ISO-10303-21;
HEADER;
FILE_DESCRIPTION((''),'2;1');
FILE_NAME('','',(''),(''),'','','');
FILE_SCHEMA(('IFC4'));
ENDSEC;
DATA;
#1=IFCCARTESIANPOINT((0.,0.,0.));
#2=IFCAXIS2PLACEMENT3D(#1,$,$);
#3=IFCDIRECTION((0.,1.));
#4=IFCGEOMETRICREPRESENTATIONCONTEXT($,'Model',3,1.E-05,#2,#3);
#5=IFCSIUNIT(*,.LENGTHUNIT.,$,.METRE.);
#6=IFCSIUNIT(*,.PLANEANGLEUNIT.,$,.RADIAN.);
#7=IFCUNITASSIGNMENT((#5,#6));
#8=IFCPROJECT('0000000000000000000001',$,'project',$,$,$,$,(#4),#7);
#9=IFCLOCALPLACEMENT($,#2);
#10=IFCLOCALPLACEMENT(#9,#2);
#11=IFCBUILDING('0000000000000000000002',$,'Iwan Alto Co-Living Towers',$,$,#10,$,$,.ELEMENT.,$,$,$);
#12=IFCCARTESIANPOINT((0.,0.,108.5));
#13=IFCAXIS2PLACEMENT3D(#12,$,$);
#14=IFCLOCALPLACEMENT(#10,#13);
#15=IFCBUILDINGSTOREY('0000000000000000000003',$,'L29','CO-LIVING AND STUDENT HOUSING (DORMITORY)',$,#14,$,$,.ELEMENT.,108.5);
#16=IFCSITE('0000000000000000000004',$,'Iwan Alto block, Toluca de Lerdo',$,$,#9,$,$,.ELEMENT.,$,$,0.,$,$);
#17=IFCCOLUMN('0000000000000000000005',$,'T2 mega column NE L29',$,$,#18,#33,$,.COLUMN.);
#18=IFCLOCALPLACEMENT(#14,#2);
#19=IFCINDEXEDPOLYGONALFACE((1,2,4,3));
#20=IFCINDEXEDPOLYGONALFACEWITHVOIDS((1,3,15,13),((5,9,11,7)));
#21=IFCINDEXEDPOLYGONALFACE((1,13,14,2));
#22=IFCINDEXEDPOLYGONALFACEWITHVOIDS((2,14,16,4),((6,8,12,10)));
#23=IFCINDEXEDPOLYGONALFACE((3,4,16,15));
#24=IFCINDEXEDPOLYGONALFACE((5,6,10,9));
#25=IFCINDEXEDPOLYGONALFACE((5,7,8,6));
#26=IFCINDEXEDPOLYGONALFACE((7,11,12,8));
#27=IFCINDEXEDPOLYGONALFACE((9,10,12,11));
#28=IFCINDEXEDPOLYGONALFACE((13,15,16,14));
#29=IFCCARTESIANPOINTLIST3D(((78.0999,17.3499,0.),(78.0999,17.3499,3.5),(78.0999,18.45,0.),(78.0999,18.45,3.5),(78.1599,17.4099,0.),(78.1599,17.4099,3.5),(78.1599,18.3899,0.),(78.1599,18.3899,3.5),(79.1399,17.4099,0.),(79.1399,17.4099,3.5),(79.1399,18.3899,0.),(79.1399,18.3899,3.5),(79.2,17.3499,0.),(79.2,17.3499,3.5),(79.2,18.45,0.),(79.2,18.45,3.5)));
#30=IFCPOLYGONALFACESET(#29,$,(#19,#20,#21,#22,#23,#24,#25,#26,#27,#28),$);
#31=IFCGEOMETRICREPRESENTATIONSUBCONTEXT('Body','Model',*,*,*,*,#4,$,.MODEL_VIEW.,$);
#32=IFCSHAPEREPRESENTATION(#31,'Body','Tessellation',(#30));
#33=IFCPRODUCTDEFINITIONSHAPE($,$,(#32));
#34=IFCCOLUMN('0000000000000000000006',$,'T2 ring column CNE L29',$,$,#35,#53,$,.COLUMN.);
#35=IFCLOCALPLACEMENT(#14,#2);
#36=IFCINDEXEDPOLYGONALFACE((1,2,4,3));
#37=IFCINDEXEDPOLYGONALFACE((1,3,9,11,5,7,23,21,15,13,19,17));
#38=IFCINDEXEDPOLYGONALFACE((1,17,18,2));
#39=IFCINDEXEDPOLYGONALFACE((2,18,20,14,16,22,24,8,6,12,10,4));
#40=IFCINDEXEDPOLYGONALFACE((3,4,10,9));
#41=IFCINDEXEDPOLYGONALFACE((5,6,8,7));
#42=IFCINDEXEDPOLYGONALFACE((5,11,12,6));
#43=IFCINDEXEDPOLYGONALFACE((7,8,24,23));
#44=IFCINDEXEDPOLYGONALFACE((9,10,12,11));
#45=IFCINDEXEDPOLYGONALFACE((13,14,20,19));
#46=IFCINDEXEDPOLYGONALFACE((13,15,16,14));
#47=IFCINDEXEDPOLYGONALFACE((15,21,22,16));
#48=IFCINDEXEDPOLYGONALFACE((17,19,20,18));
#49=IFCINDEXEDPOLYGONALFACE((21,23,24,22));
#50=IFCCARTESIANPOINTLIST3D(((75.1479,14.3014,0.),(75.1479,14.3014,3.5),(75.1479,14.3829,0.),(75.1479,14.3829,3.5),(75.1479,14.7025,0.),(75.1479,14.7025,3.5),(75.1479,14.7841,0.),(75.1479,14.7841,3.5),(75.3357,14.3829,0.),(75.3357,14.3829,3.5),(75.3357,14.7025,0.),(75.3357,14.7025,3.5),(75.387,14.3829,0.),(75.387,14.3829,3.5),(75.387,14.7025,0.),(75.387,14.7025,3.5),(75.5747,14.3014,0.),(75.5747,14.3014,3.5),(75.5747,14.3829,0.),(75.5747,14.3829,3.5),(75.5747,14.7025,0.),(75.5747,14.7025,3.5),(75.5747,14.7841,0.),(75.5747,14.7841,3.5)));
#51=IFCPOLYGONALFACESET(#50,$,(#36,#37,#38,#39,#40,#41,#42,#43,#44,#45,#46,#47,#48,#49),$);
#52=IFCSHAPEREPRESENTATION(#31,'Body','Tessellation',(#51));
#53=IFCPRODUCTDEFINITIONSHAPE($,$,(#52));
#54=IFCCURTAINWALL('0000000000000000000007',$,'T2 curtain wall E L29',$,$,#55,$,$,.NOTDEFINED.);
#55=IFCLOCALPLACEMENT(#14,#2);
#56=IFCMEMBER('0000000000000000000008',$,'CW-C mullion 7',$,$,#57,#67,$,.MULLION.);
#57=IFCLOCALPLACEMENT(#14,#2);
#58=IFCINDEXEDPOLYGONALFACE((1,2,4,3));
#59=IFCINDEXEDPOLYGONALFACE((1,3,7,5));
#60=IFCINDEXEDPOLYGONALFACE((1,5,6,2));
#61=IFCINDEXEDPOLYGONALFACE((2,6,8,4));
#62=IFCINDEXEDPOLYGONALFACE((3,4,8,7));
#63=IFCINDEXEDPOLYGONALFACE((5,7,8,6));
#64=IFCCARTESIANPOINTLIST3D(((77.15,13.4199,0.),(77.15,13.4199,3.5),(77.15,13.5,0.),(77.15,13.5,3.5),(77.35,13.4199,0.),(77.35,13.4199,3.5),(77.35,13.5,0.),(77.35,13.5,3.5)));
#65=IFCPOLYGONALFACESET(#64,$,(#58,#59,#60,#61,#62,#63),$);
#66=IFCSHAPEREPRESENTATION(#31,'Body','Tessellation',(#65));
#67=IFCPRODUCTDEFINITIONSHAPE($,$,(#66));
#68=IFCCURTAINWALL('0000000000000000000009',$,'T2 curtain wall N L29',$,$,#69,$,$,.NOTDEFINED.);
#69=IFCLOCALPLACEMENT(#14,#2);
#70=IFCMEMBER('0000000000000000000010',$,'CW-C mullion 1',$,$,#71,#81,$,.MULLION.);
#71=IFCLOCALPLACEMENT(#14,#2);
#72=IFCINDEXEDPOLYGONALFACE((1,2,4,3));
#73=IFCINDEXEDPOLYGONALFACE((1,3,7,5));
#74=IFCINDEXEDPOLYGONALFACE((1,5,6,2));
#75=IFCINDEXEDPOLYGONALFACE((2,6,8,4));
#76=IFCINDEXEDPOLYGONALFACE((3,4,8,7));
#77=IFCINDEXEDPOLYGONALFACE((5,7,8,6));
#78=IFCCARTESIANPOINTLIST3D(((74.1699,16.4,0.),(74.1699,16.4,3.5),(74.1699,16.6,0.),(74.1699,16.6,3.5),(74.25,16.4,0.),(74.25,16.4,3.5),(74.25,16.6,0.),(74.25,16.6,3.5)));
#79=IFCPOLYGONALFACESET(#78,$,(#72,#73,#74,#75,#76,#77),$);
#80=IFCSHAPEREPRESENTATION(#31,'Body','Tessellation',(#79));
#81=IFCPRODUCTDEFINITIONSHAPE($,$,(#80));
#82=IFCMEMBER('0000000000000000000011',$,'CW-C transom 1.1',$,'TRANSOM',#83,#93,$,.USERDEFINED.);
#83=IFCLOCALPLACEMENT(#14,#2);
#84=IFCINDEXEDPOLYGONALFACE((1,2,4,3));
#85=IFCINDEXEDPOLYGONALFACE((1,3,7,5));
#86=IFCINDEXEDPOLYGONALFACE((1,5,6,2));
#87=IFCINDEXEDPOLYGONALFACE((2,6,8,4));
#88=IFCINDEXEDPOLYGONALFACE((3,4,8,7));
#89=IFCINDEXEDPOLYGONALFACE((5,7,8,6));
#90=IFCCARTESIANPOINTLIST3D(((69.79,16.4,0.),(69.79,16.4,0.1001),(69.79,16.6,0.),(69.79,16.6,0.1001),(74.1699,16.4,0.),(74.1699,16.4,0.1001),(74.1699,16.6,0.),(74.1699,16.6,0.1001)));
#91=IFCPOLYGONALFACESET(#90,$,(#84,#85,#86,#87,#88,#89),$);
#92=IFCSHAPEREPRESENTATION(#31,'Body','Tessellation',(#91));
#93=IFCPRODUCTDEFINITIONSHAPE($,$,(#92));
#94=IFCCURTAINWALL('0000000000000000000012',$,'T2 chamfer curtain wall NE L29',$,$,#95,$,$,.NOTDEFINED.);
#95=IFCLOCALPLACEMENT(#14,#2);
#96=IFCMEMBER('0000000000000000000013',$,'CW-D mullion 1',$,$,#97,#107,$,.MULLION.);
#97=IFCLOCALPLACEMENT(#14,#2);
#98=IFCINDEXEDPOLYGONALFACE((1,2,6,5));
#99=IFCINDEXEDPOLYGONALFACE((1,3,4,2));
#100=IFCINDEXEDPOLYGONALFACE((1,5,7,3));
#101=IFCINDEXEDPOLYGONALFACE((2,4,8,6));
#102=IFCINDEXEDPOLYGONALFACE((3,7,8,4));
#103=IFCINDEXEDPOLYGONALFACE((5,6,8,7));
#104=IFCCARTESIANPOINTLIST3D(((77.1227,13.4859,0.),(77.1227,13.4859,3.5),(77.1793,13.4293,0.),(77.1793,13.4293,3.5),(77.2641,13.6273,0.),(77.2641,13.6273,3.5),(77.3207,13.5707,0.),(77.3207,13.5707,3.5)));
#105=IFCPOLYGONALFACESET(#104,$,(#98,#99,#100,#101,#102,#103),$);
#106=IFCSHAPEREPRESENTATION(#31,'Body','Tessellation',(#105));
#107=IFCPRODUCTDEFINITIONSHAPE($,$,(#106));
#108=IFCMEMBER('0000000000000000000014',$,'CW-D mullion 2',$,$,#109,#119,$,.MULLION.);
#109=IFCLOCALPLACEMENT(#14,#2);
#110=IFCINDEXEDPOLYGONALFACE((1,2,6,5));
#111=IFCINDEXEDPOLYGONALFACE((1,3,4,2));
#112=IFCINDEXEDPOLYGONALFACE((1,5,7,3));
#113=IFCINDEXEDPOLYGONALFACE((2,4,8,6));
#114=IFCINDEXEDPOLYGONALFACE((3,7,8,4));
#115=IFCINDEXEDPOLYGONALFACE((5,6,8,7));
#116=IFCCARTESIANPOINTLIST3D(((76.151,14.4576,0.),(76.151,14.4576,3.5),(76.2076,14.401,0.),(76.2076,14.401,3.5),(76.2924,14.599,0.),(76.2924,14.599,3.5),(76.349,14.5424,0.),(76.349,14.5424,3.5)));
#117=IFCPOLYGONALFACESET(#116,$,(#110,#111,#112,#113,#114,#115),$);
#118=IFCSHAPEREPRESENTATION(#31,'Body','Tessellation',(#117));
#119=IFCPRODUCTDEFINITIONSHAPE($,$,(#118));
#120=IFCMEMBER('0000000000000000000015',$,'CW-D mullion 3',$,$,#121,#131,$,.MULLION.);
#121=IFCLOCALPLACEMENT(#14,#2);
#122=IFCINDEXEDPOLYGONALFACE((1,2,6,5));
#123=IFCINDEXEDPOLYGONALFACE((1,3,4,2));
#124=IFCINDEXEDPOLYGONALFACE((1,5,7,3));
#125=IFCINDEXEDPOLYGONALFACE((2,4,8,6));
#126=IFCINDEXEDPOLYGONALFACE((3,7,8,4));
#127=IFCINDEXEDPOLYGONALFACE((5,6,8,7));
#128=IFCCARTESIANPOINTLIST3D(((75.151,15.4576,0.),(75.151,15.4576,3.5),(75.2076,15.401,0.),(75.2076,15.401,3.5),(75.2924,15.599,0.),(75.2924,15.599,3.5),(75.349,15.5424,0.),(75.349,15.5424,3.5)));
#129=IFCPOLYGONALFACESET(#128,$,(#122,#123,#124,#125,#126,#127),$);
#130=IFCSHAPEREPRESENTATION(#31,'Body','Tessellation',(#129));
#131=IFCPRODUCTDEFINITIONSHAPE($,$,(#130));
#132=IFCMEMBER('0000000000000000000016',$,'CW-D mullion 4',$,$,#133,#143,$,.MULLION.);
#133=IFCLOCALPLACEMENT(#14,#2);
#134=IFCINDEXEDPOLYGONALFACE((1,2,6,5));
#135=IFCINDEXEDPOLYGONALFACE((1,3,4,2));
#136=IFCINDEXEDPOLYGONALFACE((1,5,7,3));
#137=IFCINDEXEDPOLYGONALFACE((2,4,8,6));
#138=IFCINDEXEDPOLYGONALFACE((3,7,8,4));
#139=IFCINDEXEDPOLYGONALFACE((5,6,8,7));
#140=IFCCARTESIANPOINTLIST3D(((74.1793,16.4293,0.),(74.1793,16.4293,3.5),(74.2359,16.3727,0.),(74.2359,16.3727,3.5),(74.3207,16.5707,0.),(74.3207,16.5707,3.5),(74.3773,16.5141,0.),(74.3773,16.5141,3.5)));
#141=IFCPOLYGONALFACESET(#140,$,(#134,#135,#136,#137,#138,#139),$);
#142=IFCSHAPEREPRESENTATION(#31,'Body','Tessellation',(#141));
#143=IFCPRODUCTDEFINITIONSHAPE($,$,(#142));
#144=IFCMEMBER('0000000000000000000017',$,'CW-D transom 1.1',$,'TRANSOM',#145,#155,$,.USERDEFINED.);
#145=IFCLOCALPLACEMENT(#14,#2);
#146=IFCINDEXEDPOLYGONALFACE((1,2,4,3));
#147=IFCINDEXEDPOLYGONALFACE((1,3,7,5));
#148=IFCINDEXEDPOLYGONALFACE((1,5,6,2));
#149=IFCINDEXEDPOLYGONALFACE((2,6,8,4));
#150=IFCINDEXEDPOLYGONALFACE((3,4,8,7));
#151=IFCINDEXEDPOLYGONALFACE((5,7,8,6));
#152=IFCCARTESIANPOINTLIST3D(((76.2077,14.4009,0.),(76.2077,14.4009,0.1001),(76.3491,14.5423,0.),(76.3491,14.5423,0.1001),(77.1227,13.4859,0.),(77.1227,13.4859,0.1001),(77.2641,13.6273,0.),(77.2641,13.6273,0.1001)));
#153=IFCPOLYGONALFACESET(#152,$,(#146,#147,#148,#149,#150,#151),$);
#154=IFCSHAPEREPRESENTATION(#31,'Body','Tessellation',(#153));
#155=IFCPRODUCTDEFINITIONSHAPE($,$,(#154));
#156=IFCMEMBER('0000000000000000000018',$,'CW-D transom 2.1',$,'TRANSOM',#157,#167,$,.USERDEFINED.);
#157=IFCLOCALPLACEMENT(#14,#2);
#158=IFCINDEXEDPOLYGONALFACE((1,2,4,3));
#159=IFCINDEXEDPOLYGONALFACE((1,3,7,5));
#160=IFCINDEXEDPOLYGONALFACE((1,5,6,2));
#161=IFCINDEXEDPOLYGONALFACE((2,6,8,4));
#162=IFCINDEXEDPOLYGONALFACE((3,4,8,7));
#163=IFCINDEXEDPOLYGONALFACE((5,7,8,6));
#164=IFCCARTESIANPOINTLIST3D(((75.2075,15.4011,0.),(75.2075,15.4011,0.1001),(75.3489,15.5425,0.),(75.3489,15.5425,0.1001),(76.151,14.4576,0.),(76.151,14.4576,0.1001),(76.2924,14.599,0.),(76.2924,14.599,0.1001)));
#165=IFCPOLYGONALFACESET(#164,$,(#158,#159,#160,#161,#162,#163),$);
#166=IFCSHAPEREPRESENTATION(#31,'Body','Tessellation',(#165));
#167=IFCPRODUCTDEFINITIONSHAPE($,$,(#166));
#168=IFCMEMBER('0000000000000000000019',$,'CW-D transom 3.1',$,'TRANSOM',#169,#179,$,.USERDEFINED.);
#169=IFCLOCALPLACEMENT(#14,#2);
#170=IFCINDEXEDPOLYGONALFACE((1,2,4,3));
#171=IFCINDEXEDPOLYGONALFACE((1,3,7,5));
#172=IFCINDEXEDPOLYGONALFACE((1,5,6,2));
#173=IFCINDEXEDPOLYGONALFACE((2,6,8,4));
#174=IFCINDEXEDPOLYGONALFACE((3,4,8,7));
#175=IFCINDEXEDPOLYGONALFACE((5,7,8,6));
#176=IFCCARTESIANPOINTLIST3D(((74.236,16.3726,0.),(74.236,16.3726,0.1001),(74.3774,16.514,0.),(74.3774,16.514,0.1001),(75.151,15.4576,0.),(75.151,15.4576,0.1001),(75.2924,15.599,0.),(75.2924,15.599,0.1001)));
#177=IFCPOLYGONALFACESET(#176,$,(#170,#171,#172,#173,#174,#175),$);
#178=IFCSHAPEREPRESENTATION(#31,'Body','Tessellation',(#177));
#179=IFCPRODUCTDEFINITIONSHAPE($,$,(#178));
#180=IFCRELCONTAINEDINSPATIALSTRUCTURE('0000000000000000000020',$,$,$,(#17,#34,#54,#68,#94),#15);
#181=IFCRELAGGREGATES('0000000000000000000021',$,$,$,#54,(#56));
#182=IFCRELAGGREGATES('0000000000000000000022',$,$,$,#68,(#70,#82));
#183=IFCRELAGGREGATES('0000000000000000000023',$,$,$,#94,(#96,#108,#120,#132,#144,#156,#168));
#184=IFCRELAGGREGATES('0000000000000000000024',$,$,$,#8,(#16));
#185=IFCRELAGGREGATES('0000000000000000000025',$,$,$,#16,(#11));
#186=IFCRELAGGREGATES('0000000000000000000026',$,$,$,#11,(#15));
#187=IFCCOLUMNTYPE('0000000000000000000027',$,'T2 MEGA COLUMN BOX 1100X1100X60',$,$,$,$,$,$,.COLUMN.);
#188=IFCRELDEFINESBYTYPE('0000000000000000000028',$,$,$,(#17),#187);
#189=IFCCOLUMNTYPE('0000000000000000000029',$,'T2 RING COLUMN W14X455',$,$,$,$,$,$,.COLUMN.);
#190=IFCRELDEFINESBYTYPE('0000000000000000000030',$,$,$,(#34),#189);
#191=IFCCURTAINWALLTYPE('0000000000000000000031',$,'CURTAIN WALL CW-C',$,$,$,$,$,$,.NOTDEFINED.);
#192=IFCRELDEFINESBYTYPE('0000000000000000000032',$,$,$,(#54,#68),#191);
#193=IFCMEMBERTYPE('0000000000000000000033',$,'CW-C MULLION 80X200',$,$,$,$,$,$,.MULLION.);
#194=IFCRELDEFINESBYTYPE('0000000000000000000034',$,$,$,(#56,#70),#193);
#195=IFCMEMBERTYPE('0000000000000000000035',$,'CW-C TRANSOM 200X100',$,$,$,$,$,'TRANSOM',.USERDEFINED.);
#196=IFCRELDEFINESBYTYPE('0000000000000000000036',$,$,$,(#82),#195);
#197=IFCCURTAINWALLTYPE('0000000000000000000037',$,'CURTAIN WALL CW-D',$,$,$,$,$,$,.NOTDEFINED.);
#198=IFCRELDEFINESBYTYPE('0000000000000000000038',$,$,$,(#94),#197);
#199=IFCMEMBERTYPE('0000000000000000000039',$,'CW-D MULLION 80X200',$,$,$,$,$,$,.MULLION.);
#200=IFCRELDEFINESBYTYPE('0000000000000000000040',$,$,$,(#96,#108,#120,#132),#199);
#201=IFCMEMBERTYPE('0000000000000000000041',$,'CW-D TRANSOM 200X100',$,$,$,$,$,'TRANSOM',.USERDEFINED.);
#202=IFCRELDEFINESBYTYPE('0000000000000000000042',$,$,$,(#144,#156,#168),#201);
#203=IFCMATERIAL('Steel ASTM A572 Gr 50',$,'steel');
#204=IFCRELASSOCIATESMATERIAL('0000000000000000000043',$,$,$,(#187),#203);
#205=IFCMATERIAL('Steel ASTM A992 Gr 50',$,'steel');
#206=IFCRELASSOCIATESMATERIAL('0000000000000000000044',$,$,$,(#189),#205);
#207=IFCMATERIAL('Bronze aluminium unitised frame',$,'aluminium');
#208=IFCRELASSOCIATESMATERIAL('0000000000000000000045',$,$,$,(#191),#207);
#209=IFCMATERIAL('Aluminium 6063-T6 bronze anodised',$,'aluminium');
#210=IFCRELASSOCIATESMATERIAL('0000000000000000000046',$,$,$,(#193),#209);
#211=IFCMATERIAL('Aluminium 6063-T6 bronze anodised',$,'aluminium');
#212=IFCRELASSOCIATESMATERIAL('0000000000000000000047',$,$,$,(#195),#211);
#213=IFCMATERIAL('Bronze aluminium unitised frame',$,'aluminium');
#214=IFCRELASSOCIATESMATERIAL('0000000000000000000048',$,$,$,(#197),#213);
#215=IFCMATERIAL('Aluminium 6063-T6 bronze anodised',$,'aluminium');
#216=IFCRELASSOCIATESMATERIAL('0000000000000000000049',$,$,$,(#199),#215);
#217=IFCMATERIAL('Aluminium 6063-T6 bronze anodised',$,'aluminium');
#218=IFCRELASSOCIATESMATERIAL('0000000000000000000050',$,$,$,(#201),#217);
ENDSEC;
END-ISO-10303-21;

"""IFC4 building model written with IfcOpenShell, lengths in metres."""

from ifc_helpers import new_model, si_unit, direction, frame, origin, origin_2d, place, context, subcontext, project, spatial, rectangle, hollow_rectangle, i_section, extrude, material, material_profile, profile_set, type_object, element, aggregate, save


model = new_model("IFC4")

# Units and contexts
model_context = context("Model", 3, precision=1e-05, world=origin(), true_north=direction((0.0, 1.0)))
body_context = subcontext(model_context, "Body", "Model", "MODEL_VIEW")
ifc_project = project(units=[si_unit("LENGTHUNIT", "METRE"), si_unit("PLANEANGLEUNIT", "RADIAN")], contexts=[model_context])

# Site, building, storey
site_placement = place(None, origin())
site = spatial("IfcSite", under=ifc_project, at=site_placement, Name="Iwan Alto block, Toluca de Lerdo", CompositionType="ELEMENT", RefElevation=0.0)
building_placement = place(site_placement, origin())
building = spatial("IfcBuilding", under=site, at=building_placement, Name="Iwan Alto Co-Living Towers", CompositionType="ELEMENT")
storey_placement = place(building_placement, frame((0.0, 0.0, 108.5)))
storey = spatial("IfcBuildingStorey", under=building, at=storey_placement, Name="L29", Description="CO-LIVING AND STUDENT HOUSING (DORMITORY)", CompositionType="ELEMENT", Elevation=108.5)

# Columns
ifc_material_1 = material(Name="Steel ASTM A572 Gr 50", Category="steel")
ifc_material_profile_1 = material_profile(ifc_material_1, hollow_rectangle(XDim=1.1001, YDim=1.1001, WallThickness=0.0601, at=origin_2d()), Name="BOX 1100X1100X60")
ifc_profile_set_1 = profile_set([ifc_material_profile_1], Name="Steel ASTM A572 Gr 50")
column_type_1 = type_object("IfcColumnType", Name="T2 MEGA COLUMN BOX 1100X1100X60", PredefinedType="COLUMN", material=ifc_profile_set_1)
column_1_placement = place(storey_placement, frame((78.6499, 17.8999, 0.0), z_axis=(0.0, 0.0, 1.0), x_axis=(1.0, 0.0, 0.0)))
element("IfcColumn", 1, at=column_1_placement, inside=storey, type_object=column_type_1, Name="T2 mega column NE L29", PredefinedType="COLUMN", context=body_context, shape_type="SweptSolid", body=[
    extrude(hollow_rectangle(XDim=1.1001, YDim=1.1001, WallThickness=0.0601, at=origin_2d()), origin(), (0.0, 0.0, 1.0), 3.5),
])
ifc_material_2 = material(Name="Steel ASTM A992 Gr 50", Category="steel")
ifc_material_profile_2 = material_profile(ifc_material_2, i_section(OverallWidth=0.4268, OverallDepth=0.4827, WebThickness=0.0513, FlangeThickness=0.0815, at=origin_2d()), Name="W14X455")
ifc_profile_set_2 = profile_set([ifc_material_profile_2], Name="Steel ASTM A992 Gr 50")
column_type_2 = type_object("IfcColumnType", Name="T2 RING COLUMN W14X455", PredefinedType="COLUMN", material=ifc_profile_set_2)
column_2_placement = place(storey_placement, frame((75.3613, 14.5427, 0.0), z_axis=(0.0, 0.0, 1.0), x_axis=(1.0, 0.0, 0.0)))
element("IfcColumn", 2, at=column_2_placement, inside=storey, type_object=column_type_2, Name="T2 ring column CNE L29", PredefinedType="COLUMN", context=body_context, shape_type="SweptSolid", body=[
    extrude(i_section(OverallWidth=0.4268, OverallDepth=0.4827, WebThickness=0.0513, FlangeThickness=0.0815, at=origin_2d()), origin(), (0.0, 0.0, 1.0), 3.5),
])

# Curtain wall, member
ifc_material_3 = material(Name="Bronze aluminium unitised frame", Category="aluminium")
curtain_wall_type_1 = type_object("IfcCurtainWallType", Name="CURTAIN WALL CW-C", PredefinedType="NOTDEFINED", material=ifc_material_3)
curtain_wall_1_placement = place(storey_placement, origin())
curtain_wall_1 = element("IfcCurtainWall", 3, at=curtain_wall_1_placement, inside=storey, type_object=curtain_wall_type_1, Name="T2 curtain wall E L29", PredefinedType="NOTDEFINED")
ifc_material_4 = material(Name="Aluminium 6063-T6 bronze anodised", Category="aluminium")
ifc_material_profile_3 = material_profile(ifc_material_4, rectangle(XDim=0.2, YDim=0.0801, at=origin_2d()), Name="AL 80X200")
ifc_profile_set_3 = profile_set([ifc_material_profile_3], Name="Aluminium 6063-T6 bronze anodised")
member_type_1 = type_object("IfcMemberType", Name="CW-C MULLION 80X200", PredefinedType="MULLION", material=ifc_profile_set_3)
member_1_placement = place(storey_placement, frame((77.25, 13.46, 0.0), z_axis=(0.0, 0.0, 1.0), x_axis=(-1.0, 0.0, 0.0)))
member_1 = element("IfcMember", 4, at=member_1_placement, type_object=member_type_1, Name="CW-C mullion 7", PredefinedType="MULLION", context=body_context, shape_type="SweptSolid", body=[
    extrude(rectangle(XDim=0.2, YDim=0.0801, at=origin_2d()), origin(), (0.0, 0.0, 1.0), 3.5),
])
aggregate(curtain_wall_1, [member_1])

# Curtain walls, members
curtain_wall_2_placement = place(storey_placement, origin())
curtain_wall_2 = element("IfcCurtainWall", 5, at=curtain_wall_2_placement, inside=storey, type_object=curtain_wall_type_1, Name="T2 curtain wall N L29", PredefinedType="NOTDEFINED")
member_2_placement = place(storey_placement, frame((74.21, 16.5, 0.0), z_axis=(0.0, 0.0, 1.0), x_axis=(0.0, -1.0, 0.0)))
member_2 = element("IfcMember", 6, at=member_2_placement, type_object=member_type_1, Name="CW-C mullion 1", PredefinedType="MULLION", context=body_context, shape_type="SweptSolid", body=[
    extrude(rectangle(XDim=0.2, YDim=0.0801, at=origin_2d()), origin(), (0.0, 0.0, 1.0), 3.5),
])
ifc_material_5 = material(Name="Aluminium 6063-T6 bronze anodised", Category="aluminium")
ifc_material_profile_4 = material_profile(ifc_material_5, rectangle(XDim=0.2, YDim=0.1001, at=origin_2d()), Name="AL 200X100")
ifc_profile_set_4 = profile_set([ifc_material_profile_4], Name="Aluminium 6063-T6 bronze anodised")
member_type_2 = type_object("IfcMemberType", Name="CW-C TRANSOM 200X100", ElementType="TRANSOM", PredefinedType="USERDEFINED", material=ifc_profile_set_4)
member_3_placement = place(storey_placement, frame((74.1699, 16.5, 0.05), z_axis=(-1.0, 0.0, 0.0), x_axis=(0.0, -1.0, 0.0)))
member_3 = element("IfcMember", 7, at=member_3_placement, type_object=member_type_2, Name="CW-C transom 1.1", ObjectType="TRANSOM", PredefinedType="USERDEFINED", context=body_context, shape_type="SweptSolid", body=[
    extrude(rectangle(XDim=0.2, YDim=0.1001, at=origin_2d()), origin(), (0.0, 0.0, 1.0), 4.3799),
])
aggregate(curtain_wall_2, [member_2, member_3])
ifc_material_6 = material(Name="Bronze aluminium unitised frame", Category="aluminium")
curtain_wall_type_2 = type_object("IfcCurtainWallType", Name="CURTAIN WALL CW-D", PredefinedType="NOTDEFINED", material=ifc_material_6)
curtain_wall_3_placement = place(storey_placement, origin())
curtain_wall_3 = element("IfcCurtainWall", 8, at=curtain_wall_3_placement, inside=storey, type_object=curtain_wall_type_2, Name="T2 chamfer curtain wall NE L29", PredefinedType="NOTDEFINED")
ifc_material_7 = material(Name="Aluminium 6063-T6 bronze anodised", Category="aluminium")
ifc_material_profile_5 = material_profile(ifc_material_7, rectangle(XDim=0.2, YDim=0.0801, at=origin_2d()), Name="AL 80X200")
ifc_profile_set_5 = profile_set([ifc_material_profile_5], Name="Aluminium 6063-T6 bronze anodised")
member_type_3 = type_object("IfcMemberType", Name="CW-D MULLION 80X200", PredefinedType="MULLION", material=ifc_profile_set_5)
member_4_placement = place(storey_placement, frame((77.2217, 13.5283, 0.0), z_axis=(0.0, 0.0, 1.0), x_axis=(-0.707107, -0.707107, 0.0)))
member_4 = element("IfcMember", 9, at=member_4_placement, type_object=member_type_3, Name="CW-D mullion 1", PredefinedType="MULLION", context=body_context, shape_type="SweptSolid", body=[
    extrude(rectangle(XDim=0.2, YDim=0.0801, at=origin_2d()), origin(), (0.0, 0.0, 1.0), 3.5),
])
member_5_placement = place(storey_placement, frame((76.25, 14.5, 0.0), z_axis=(0.0, 0.0, 1.0), x_axis=(-0.707107, -0.707107, 0.0)))
member_5 = element("IfcMember", 10, at=member_5_placement, type_object=member_type_3, Name="CW-D mullion 2", PredefinedType="MULLION", context=body_context, shape_type="SweptSolid", body=[
    extrude(rectangle(XDim=0.2, YDim=0.0801, at=origin_2d()), origin(), (0.0, 0.0, 1.0), 3.5),
])
member_6_placement = place(storey_placement, frame((75.25, 15.5, 0.0), z_axis=(0.0, 0.0, 1.0), x_axis=(-0.707107, -0.707107, 0.0)))
member_6 = element("IfcMember", 11, at=member_6_placement, type_object=member_type_3, Name="CW-D mullion 3", PredefinedType="MULLION", context=body_context, shape_type="SweptSolid", body=[
    extrude(rectangle(XDim=0.2, YDim=0.0801, at=origin_2d()), origin(), (0.0, 0.0, 1.0), 3.5),
])
member_7_placement = place(storey_placement, frame((74.2783, 16.4717, 0.0), z_axis=(0.0, 0.0, 1.0), x_axis=(-0.707107, -0.707107, 0.0)))
member_7 = element("IfcMember", 12, at=member_7_placement, type_object=member_type_3, Name="CW-D mullion 4", PredefinedType="MULLION", context=body_context, shape_type="SweptSolid", body=[
    extrude(rectangle(XDim=0.2, YDim=0.0801, at=origin_2d()), origin(), (0.0, 0.0, 1.0), 3.5),
])
ifc_material_8 = material(Name="Aluminium 6063-T6 bronze anodised", Category="aluminium")
ifc_material_profile_6 = material_profile(ifc_material_8, rectangle(XDim=0.2, YDim=0.1001, at=origin_2d()), Name="AL 200X100")
ifc_profile_set_6 = profile_set([ifc_material_profile_6], Name="Aluminium 6063-T6 bronze anodised")
member_type_4 = type_object("IfcMemberType", Name="CW-D TRANSOM 200X100", ElementType="TRANSOM", PredefinedType="USERDEFINED", material=ifc_profile_set_6)
member_8_placement = place(storey_placement, frame((77.1934, 13.5566, 0.05), z_axis=(-0.707107, 0.707107, 0.0), x_axis=(-0.707107, -0.707107, 0.0)))
member_8 = element("IfcMember", 13, at=member_8_placement, type_object=member_type_4, Name="CW-D transom 1.1", ObjectType="TRANSOM", PredefinedType="USERDEFINED", context=body_context, shape_type="SweptSolid", body=[
    extrude(rectangle(XDim=0.2, YDim=0.1001, at=origin_2d()), origin(), (0.0, 0.0, 1.0), 1.2939),
])
member_9_placement = place(storey_placement, frame((76.2217, 14.5283, 0.05), z_axis=(-0.707107, 0.707107, 0.0), x_axis=(-0.707107, -0.707107, 0.0)))
member_9 = element("IfcMember", 14, at=member_9_placement, type_object=member_type_4, Name="CW-D transom 2.1", ObjectType="TRANSOM", PredefinedType="USERDEFINED", context=body_context, shape_type="SweptSolid", body=[
    extrude(rectangle(XDim=0.2, YDim=0.1001, at=origin_2d()), origin(), (0.0, 0.0, 1.0), 1.3342),
])
member_10_placement = place(storey_placement, frame((75.2217, 15.5283, 0.05), z_axis=(-0.707107, 0.707107, 0.0), x_axis=(-0.707107, -0.707107, 0.0)))
member_10 = element("IfcMember", 15, at=member_10_placement, type_object=member_type_4, Name="CW-D transom 3.1", ObjectType="TRANSOM", PredefinedType="USERDEFINED", context=body_context, shape_type="SweptSolid", body=[
    extrude(rectangle(XDim=0.2, YDim=0.1001, at=origin_2d()), origin(), (0.0, 0.0, 1.0), 1.2939),
])

aggregate(curtain_wall_3, [member_4, member_5, member_6, member_7, member_8, member_9, member_10])

save(model, "model.ifc")
